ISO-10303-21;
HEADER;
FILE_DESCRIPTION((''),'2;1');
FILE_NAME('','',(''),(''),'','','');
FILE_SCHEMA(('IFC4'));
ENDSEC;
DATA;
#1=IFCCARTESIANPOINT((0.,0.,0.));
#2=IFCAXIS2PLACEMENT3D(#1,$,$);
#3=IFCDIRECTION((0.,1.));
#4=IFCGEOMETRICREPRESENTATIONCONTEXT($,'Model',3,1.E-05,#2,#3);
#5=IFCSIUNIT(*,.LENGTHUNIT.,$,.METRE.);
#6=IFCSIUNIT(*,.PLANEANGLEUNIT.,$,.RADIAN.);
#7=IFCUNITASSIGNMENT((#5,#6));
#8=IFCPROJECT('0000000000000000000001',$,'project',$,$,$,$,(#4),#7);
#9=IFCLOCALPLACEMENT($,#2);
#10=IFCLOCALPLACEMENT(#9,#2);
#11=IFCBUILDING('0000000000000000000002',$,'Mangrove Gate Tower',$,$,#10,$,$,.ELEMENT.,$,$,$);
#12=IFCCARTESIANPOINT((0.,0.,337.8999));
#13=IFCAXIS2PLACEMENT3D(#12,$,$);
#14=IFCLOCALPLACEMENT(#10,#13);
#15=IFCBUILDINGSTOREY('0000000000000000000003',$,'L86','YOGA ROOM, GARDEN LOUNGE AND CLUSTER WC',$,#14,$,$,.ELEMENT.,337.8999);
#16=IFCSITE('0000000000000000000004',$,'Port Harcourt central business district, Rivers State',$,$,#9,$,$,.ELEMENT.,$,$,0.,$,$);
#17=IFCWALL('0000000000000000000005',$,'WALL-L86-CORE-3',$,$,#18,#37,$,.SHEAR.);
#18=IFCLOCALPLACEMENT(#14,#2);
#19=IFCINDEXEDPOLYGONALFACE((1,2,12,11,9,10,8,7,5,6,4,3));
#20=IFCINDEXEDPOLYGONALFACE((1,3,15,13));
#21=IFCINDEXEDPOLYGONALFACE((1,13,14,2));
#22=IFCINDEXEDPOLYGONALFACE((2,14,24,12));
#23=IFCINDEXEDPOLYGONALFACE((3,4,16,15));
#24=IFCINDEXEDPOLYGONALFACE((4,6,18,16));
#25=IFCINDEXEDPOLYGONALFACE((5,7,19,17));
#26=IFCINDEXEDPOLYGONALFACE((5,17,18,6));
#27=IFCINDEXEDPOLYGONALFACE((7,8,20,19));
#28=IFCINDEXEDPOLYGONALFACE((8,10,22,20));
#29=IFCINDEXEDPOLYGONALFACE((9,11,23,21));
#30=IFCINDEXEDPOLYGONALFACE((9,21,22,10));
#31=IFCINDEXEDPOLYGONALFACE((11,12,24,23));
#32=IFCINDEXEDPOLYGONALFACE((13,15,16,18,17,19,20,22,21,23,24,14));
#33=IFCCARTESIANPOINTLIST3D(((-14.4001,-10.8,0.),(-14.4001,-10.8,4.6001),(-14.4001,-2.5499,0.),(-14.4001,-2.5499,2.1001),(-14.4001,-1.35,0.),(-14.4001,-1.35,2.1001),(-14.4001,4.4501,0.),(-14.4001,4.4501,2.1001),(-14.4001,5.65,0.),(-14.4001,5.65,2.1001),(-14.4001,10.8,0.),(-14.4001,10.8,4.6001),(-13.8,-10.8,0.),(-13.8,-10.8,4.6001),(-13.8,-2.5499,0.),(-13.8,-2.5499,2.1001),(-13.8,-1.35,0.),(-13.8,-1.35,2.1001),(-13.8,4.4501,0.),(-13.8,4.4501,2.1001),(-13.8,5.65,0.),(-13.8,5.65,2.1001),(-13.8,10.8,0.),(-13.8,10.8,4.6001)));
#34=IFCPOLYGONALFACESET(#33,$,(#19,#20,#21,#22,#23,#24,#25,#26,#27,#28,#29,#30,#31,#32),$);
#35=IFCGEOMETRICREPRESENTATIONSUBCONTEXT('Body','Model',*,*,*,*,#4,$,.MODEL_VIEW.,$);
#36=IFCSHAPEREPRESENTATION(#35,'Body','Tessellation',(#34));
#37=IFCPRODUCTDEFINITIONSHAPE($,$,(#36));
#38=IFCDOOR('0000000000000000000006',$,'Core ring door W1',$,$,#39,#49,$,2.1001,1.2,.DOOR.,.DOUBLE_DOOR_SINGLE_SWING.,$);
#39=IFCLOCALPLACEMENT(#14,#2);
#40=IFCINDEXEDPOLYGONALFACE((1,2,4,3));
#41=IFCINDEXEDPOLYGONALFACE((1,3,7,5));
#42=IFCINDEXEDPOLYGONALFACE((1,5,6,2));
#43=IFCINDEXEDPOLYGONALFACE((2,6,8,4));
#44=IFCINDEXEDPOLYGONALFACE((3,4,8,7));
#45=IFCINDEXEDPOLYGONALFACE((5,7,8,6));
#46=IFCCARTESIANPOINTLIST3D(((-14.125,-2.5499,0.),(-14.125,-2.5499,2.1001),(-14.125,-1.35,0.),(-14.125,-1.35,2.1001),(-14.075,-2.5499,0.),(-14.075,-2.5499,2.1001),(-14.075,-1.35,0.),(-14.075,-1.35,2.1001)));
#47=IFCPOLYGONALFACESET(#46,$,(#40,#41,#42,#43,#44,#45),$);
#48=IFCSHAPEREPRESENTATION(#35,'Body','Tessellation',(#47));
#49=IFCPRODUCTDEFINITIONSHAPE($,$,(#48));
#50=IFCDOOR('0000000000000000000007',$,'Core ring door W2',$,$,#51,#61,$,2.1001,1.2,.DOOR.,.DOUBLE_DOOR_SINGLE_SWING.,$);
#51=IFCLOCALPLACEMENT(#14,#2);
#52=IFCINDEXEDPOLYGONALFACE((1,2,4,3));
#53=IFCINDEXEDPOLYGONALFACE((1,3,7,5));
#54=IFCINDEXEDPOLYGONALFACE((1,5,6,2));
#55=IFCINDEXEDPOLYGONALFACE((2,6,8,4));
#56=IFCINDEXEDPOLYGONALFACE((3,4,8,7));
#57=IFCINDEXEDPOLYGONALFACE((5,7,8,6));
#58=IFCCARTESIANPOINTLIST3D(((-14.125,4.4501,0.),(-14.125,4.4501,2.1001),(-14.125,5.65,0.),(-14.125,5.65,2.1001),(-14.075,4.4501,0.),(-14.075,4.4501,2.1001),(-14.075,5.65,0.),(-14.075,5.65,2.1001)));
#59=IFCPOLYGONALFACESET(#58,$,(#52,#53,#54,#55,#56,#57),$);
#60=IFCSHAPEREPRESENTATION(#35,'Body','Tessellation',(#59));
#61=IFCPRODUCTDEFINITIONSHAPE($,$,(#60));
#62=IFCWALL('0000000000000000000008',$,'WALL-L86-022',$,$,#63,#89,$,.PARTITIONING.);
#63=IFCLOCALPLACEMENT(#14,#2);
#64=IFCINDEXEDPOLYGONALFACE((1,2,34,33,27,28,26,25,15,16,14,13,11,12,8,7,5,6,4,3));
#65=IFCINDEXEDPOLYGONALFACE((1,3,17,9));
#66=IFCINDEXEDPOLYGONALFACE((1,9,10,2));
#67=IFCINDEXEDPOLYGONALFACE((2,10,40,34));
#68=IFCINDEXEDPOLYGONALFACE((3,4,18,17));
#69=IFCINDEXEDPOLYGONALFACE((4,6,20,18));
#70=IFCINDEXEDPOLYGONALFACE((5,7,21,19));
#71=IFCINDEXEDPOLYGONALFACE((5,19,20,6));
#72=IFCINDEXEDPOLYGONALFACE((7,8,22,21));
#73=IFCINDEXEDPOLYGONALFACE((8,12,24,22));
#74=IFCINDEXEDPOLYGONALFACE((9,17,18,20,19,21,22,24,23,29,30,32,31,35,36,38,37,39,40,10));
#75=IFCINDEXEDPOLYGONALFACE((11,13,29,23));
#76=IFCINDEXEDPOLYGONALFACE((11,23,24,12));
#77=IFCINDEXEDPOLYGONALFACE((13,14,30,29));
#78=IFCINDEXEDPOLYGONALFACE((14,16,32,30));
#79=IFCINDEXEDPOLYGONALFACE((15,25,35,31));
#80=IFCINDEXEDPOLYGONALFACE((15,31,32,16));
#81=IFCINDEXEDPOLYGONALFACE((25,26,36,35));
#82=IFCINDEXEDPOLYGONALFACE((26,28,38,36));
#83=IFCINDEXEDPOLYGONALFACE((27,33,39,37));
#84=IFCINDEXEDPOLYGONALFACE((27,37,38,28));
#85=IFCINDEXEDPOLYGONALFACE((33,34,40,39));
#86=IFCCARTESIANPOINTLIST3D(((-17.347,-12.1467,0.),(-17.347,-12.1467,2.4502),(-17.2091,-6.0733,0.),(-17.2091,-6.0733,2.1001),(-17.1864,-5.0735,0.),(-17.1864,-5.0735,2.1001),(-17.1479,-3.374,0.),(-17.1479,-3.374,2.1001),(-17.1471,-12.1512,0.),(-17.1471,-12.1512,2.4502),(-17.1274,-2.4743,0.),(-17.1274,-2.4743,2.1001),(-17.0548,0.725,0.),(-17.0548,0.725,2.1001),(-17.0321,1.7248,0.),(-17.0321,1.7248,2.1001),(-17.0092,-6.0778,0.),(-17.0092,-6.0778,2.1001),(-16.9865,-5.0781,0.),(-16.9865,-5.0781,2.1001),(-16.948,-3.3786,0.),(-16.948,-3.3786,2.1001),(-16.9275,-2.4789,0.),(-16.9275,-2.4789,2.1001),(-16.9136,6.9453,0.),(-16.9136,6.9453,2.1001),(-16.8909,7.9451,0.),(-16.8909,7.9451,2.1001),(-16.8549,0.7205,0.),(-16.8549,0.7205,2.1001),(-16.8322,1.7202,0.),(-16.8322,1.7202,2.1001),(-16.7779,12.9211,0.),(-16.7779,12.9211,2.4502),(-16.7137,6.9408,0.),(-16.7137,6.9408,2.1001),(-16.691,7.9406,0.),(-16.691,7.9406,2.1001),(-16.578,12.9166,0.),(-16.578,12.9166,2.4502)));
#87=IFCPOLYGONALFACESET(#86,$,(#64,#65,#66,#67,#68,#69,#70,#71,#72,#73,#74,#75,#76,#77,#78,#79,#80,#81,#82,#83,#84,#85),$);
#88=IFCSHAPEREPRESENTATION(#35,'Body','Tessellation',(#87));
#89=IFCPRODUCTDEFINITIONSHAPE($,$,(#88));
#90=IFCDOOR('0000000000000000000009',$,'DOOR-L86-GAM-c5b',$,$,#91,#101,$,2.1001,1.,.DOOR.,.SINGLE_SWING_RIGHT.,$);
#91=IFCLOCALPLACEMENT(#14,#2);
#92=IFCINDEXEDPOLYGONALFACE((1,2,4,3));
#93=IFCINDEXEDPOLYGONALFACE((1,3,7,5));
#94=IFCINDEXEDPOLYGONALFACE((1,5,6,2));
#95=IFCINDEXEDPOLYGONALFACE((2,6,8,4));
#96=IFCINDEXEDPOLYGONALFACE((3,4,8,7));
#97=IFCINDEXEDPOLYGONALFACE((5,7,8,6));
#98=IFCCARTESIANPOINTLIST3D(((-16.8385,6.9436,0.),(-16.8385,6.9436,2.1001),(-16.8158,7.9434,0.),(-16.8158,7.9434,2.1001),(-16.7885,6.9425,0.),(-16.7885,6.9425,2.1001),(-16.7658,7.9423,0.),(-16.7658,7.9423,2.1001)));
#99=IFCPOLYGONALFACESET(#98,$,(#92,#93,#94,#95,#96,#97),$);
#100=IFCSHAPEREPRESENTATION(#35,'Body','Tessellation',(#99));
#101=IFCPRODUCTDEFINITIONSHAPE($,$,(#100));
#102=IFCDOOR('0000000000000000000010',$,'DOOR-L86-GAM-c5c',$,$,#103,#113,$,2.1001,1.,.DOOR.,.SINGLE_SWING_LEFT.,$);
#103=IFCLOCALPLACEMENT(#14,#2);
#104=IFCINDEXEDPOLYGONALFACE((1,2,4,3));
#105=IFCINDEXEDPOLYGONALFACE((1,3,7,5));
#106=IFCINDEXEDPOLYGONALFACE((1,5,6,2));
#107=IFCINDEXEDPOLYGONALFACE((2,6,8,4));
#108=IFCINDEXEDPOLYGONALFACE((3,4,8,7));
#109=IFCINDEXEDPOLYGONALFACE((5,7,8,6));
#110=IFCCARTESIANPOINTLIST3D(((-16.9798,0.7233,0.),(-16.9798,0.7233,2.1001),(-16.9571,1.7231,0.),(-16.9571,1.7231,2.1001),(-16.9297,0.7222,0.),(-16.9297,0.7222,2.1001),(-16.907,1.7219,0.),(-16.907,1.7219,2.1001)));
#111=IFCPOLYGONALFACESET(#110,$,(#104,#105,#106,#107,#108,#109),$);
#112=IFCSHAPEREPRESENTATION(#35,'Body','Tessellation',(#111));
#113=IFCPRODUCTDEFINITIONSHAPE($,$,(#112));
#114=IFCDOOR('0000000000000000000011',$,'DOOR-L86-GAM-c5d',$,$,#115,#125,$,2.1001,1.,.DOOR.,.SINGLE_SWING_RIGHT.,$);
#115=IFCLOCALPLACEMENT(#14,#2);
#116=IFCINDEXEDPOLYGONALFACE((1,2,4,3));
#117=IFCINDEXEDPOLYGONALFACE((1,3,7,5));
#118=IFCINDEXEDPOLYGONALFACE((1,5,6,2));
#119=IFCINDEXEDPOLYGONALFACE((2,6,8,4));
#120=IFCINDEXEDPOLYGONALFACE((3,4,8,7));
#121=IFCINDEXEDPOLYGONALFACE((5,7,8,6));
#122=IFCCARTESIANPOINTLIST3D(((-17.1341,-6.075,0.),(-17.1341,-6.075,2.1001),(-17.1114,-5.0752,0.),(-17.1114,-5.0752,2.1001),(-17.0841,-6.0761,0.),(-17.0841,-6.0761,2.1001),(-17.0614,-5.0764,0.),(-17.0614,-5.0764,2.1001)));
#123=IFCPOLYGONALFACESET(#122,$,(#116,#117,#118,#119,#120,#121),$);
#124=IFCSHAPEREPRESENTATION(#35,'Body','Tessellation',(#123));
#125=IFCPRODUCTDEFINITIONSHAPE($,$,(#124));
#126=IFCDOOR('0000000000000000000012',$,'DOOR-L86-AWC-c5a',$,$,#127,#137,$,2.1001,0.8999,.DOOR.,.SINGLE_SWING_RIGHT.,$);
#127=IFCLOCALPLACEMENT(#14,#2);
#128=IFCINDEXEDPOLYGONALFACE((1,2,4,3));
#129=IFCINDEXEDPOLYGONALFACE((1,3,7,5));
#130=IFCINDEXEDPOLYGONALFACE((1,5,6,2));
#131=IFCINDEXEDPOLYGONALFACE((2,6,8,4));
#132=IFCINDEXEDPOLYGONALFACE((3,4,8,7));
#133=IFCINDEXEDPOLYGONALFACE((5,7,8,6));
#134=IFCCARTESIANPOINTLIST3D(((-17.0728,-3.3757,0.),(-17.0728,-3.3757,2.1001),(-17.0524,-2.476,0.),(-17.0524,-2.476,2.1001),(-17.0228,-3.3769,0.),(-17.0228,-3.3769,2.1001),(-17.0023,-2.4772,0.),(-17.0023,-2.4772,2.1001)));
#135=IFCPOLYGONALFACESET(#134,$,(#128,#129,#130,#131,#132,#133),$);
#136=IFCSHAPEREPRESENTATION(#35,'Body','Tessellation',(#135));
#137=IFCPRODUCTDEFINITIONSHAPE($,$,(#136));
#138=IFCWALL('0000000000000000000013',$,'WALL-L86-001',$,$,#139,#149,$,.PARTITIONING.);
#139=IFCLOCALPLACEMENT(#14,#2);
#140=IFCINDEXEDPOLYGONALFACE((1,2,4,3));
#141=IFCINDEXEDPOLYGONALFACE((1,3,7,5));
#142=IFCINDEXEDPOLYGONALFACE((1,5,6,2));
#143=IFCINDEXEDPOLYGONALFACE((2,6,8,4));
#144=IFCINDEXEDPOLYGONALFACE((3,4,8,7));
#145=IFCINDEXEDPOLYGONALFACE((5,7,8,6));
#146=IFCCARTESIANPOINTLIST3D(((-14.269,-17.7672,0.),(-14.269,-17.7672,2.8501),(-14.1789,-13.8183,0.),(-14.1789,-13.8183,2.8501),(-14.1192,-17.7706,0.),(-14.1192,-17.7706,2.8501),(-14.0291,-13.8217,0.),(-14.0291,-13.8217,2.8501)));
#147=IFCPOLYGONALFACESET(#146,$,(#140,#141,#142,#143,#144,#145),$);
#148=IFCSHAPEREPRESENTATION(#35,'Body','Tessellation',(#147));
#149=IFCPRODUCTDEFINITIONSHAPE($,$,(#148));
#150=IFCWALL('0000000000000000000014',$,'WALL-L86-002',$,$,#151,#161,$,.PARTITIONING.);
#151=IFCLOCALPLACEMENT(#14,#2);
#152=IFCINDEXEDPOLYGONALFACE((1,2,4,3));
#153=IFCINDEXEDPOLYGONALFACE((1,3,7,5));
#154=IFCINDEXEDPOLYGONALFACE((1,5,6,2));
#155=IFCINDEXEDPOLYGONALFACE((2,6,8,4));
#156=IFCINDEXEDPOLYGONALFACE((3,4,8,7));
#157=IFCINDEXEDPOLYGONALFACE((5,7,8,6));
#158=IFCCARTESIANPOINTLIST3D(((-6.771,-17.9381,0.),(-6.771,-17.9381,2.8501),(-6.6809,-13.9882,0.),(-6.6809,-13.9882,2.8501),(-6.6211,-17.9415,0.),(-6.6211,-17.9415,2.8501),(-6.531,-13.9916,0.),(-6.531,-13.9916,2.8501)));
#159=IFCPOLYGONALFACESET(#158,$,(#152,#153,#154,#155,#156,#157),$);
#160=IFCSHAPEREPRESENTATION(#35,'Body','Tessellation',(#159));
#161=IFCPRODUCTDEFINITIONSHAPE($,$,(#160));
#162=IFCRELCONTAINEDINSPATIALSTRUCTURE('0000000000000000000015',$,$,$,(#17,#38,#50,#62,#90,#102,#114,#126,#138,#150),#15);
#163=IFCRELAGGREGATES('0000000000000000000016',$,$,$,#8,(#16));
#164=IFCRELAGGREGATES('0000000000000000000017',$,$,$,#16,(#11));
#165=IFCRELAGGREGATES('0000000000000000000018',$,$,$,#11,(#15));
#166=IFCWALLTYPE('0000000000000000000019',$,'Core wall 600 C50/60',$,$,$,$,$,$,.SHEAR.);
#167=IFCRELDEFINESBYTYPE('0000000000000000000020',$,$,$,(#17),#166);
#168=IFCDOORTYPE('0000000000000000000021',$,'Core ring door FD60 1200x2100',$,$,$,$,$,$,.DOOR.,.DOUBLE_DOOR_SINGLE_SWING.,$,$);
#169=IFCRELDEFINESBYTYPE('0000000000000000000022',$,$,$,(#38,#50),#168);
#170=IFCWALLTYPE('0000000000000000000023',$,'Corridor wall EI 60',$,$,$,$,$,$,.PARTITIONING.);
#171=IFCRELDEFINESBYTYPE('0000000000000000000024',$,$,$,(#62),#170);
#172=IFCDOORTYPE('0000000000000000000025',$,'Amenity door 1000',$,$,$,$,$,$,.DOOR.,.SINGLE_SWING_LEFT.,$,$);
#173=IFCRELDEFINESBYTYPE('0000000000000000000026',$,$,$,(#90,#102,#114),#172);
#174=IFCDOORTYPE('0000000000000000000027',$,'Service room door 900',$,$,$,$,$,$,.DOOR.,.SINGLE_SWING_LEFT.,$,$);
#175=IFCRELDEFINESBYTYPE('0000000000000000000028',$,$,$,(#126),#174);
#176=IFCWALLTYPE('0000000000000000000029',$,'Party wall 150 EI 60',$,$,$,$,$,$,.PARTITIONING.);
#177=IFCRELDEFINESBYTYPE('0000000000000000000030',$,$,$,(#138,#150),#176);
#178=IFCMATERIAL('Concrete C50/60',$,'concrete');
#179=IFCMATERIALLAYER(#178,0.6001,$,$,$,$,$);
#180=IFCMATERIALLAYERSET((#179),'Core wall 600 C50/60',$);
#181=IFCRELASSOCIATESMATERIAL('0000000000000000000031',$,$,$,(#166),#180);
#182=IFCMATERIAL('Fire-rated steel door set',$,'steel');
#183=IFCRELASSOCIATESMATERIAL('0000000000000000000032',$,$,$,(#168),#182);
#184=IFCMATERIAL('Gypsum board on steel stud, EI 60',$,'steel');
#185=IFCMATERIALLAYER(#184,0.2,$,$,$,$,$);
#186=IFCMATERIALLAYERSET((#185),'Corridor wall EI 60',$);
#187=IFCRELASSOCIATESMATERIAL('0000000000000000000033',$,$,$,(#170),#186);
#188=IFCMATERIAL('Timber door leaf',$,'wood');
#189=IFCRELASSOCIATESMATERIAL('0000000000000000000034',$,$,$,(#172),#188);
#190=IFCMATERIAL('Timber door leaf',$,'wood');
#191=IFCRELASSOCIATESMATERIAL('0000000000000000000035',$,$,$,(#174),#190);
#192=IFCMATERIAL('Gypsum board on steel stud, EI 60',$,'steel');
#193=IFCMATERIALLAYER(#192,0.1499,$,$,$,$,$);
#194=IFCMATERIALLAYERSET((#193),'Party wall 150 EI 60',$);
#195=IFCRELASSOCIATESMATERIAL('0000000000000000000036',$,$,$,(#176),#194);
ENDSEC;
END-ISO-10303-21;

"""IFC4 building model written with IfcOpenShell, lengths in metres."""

from ifc_helpers import new_model, si_unit, direction, frame, frame_2d, origin, place, context, subcontext, project, spatial, rectangle, extrude, material, layer, layer_set, type_object, element, fill, save


model = new_model("IFC4")

# Units and contexts
model_context = context("Model", 3, precision=1e-05, world=origin(), true_north=direction((0.0, 1.0)))
body_context = subcontext(model_context, "Body", "Model", "MODEL_VIEW")
ifc_project = project(units=[si_unit("LENGTHUNIT", "METRE"), si_unit("PLANEANGLEUNIT", "RADIAN")], contexts=[model_context])

# Site, building, storey
site_placement = place(None, origin())
site = spatial("IfcSite", under=ifc_project, at=site_placement, Name="Port Harcourt central business district, Rivers State", CompositionType="ELEMENT", RefElevation=0.0)
building_placement = place(site_placement, origin())
building = spatial("IfcBuilding", under=site, at=building_placement, Name="Mangrove Gate Tower", CompositionType="ELEMENT")
storey_placement = place(building_placement, frame((0.0, 0.0, 337.8999)))
storey = spatial("IfcBuildingStorey", under=building, at=storey_placement, Name="L86", Description="YOGA ROOM, GARDEN LOUNGE AND CLUSTER WC", CompositionType="ELEMENT", Elevation=337.8999)

# Shared definitions
ifc_material_1 = material(Name="Concrete C50/60", Category="concrete")
ifc_layer_1 = layer(ifc_material_1, 0.6001)
ifc_layer_set_1 = layer_set([ifc_layer_1], Name="Core wall 600 C50/60")
wall_type_1 = type_object("IfcWallType", Name="Core wall 600 C50/60", PredefinedType="SHEAR", material=ifc_layer_set_1)

# Walls, openings, doors
wall_1_placement = place(storey_placement, frame((-14.1001, -10.8, 0.0), z_axis=(0.0, 0.0, 1.0), x_axis=(0.0, 1.0, 0.0)))
wall_1 = element("IfcWall", 1, at=wall_1_placement, inside=storey, type_object=wall_type_1, Name="WALL-L86-CORE-3", PredefinedType="SHEAR", context=body_context, shape_type="SweptSolid", body=[
    extrude(rectangle(XDim=21.6001, YDim=0.6001, at=frame_2d((10.8, 0.0))), origin(), (0.0, 0.0, 1.0), 4.6001),
])
opening_1_placement = place(wall_1_placement, frame((8.25, 0.0, 0.0)))
opening_1 = element("IfcOpeningElement", 2, at=opening_1_placement, cuts=wall_1, PredefinedType="OPENING", context=body_context, shape_type="SweptSolid", body=[
    extrude(rectangle(XDim=1.2, YDim=2.1001, at=frame_2d((0.6001, 1.05))), frame((0.0, 0.3101, 0.0), z_axis=(0.0, -1.0, 0.0), x_axis=(1.0, 0.0, 0.0)), (0.0, 0.0, 1.0), 0.6201),
])
opening_2_placement = place(wall_1_placement, frame((15.25, 0.0, 0.0)))
opening_2 = element("IfcOpeningElement", 3, at=opening_2_placement, cuts=wall_1, PredefinedType="OPENING", context=body_context, shape_type="SweptSolid", body=[
    extrude(rectangle(XDim=1.2, YDim=2.1001, at=frame_2d((0.6001, 1.05))), frame((0.0, 0.3101, 0.0), z_axis=(0.0, -1.0, 0.0), x_axis=(1.0, 0.0, 0.0)), (0.0, 0.0, 1.0), 0.6201),
])
ifc_material_2 = material(Name="Fire-rated steel door set", Category="steel")
door_type_1 = type_object("IfcDoorType", Name="Core ring door FD60 1200x2100", OperationType="DOUBLE_DOOR_SINGLE_SWING", PredefinedType="DOOR", material=ifc_material_2)
door_1_placement = place(opening_1_placement, origin())
door_1 = element("IfcDoor", 4, at=door_1_placement, inside=storey, type_object=door_type_1, Name="Core ring door W1", OperationType="DOUBLE_DOOR_SINGLE_SWING", OverallHeight=2.1001, OverallWidth=1.2, PredefinedType="DOOR", context=body_context, shape_type="SweptSolid", body=[
    extrude(rectangle(XDim=1.2, YDim=2.1001, at=frame_2d((0.6001, 1.05))), frame((0.0, 0.0249, 0.0), z_axis=(0.0, -1.0, 0.0), x_axis=(1.0, 0.0, 0.0)), (0.0, 0.0, 1.0), 0.05),
])
fill(opening_1, door_1)
door_2_placement = place(opening_2_placement, origin())
door_2 = element("IfcDoor", 5, at=door_2_placement, inside=storey, type_object=door_type_1, Name="Core ring door W2", OperationType="DOUBLE_DOOR_SINGLE_SWING", OverallHeight=2.1001, OverallWidth=1.2, PredefinedType="DOOR", context=body_context, shape_type="SweptSolid", body=[
    extrude(rectangle(XDim=1.2, YDim=2.1001, at=frame_2d((0.6001, 1.05))), frame((0.0, 0.0249, 0.0), z_axis=(0.0, -1.0, 0.0), x_axis=(1.0, 0.0, 0.0)), (0.0, 0.0, 1.0), 0.05),
])
fill(opening_2, door_2)
ifc_material_3 = material(Name="Gypsum board on steel stud, EI 60", Category="steel")
ifc_layer_2 = layer(ifc_material_3, 0.2)
ifc_layer_set_2 = layer_set([ifc_layer_2], Name="Corridor wall EI 60")
wall_type_2 = type_object("IfcWallType", Name="Corridor wall EI 60", PredefinedType="PARTITIONING", material=ifc_layer_set_2)
wall_2_placement = place(storey_placement, frame((-17.2471, -12.1489, 0.0), z_axis=(0.0, 0.0, 1.0), x_axis=(0.022696, 0.999742, 0.0)))
wall_2 = element("IfcWall", 6, at=wall_2_placement, inside=storey, type_object=wall_type_2, Name="WALL-L86-022", PredefinedType="PARTITIONING", context=body_context, shape_type="SweptSolid", body=[
    extrude(rectangle(XDim=25.0742, YDim=0.2, at=frame_2d((12.5371, 0.0))), origin(), (0.0, 0.0, 1.0), 2.4502),
])
opening_3_placement = place(wall_2_placement, frame((19.0969, 0.0, 0.0)))
opening_3 = element("IfcOpeningElement", 7, at=opening_3_placement, cuts=wall_2, PredefinedType="OPENING", context=body_context, shape_type="SweptSolid", body=[
    extrude(rectangle(XDim=1.0, YDim=2.1001, at=frame_2d((0.5, 1.05))), frame((0.0, 0.1099, 0.0), z_axis=(0.0, -1.0, 0.0), x_axis=(1.0, 0.0, 0.0)), (0.0, 0.0, 1.0), 0.22),
])
opening_4_placement = place(wall_2_placement, frame((12.875, 0.0, 0.0)))
opening_4 = element("IfcOpeningElement", 8, at=opening_4_placement, cuts=wall_2, PredefinedType="OPENING", context=body_context, shape_type="SweptSolid", body=[
    extrude(rectangle(XDim=1.0, YDim=2.1001, at=frame_2d((0.5, 1.05))), frame((0.0, 0.1099, 0.0), z_axis=(0.0, -1.0, 0.0), x_axis=(1.0, 0.0, 0.0)), (0.0, 0.0, 1.0), 0.22),
])
opening_5_placement = place(wall_2_placement, frame((8.7749, 0.0, 0.0)))
opening_5 = element("IfcOpeningElement", 9, at=opening_5_placement, cuts=wall_2, PredefinedType="OPENING", context=body_context, shape_type="SweptSolid", body=[
    extrude(rectangle(XDim=0.8999, YDim=2.1001, at=frame_2d((0.45, 1.05))), frame((0.0, 0.1099, 0.0), z_axis=(0.0, -1.0, 0.0), x_axis=(1.0, 0.0, 0.0)), (0.0, 0.0, 1.0), 0.22),
])
opening_6_placement = place(wall_2_placement, frame((6.075, 0.0, 0.0)))
opening_6 = element("IfcOpeningElement", 10, at=opening_6_placement, cuts=wall_2, PredefinedType="OPENING", context=body_context, shape_type="SweptSolid", body=[
    extrude(rectangle(XDim=1.0, YDim=2.1001, at=frame_2d((0.5, 1.05))), frame((0.0, 0.1099, 0.0), z_axis=(0.0, -1.0, 0.0), x_axis=(1.0, 0.0, 0.0)), (0.0, 0.0, 1.0), 0.22),
])
ifc_material_4 = material(Name="Timber door leaf", Category="wood")
door_type_2 = type_object("IfcDoorType", Name="Amenity door 1000", OperationType="SINGLE_SWING_LEFT", PredefinedType="DOOR", material=ifc_material_4)
door_3_placement = place(opening_3_placement, origin())
door_3 = element("IfcDoor", 11, at=door_3_placement, inside=storey, type_object=door_type_2, Name="DOOR-L86-GAM-c5b", OperationType="SINGLE_SWING_RIGHT", OverallHeight=2.1001, OverallWidth=1.0, PredefinedType="DOOR", context=body_context, shape_type="SweptSolid", body=[
    extrude(rectangle(XDim=1.0, YDim=2.1001, at=frame_2d((0.5, 1.05))), frame((0.0, 0.0249, 0.0), z_axis=(0.0, -1.0, 0.0), x_axis=(1.0, 0.0, 0.0)), (0.0, 0.0, 1.0), 0.05),
])
fill(opening_3, door_3)
door_4_placement = place(opening_4_placement, origin())
door_4 = element("IfcDoor", 12, at=door_4_placement, inside=storey, type_object=door_type_2, Name="DOOR-L86-GAM-c5c", OperationType="SINGLE_SWING_LEFT", OverallHeight=2.1001, OverallWidth=1.0, PredefinedType="DOOR", context=body_context, shape_type="SweptSolid", body=[
    extrude(rectangle(XDim=1.0, YDim=2.1001, at=frame_2d((0.5, 1.05))), frame((0.0, 0.0249, 0.0), z_axis=(0.0, -1.0, 0.0), x_axis=(1.0, 0.0, 0.0)), (0.0, 0.0, 1.0), 0.05),
])
fill(opening_4, door_4)
door_5_placement = place(opening_6_placement, origin())
door_5 = element("IfcDoor", 13, at=door_5_placement, inside=storey, type_object=door_type_2, Name="DOOR-L86-GAM-c5d", OperationType="SINGLE_SWING_RIGHT", OverallHeight=2.1001, OverallWidth=1.0, PredefinedType="DOOR", context=body_context, shape_type="SweptSolid", body=[
    extrude(rectangle(XDim=1.0, YDim=2.1001, at=frame_2d((0.5, 1.05))), frame((0.0, 0.0249, 0.0), z_axis=(0.0, -1.0, 0.0), x_axis=(1.0, 0.0, 0.0)), (0.0, 0.0, 1.0), 0.05),
])
fill(opening_6, door_5)
ifc_material_5 = material(Name="Timber door leaf", Category="wood")
door_type_3 = type_object("IfcDoorType", Name="Service room door 900", OperationType="SINGLE_SWING_LEFT", PredefinedType="DOOR", material=ifc_material_5)
door_6_placement = place(opening_5_placement, origin())
door_6 = element("IfcDoor", 14, at=door_6_placement, inside=storey, type_object=door_type_3, Name="DOOR-L86-AWC-c5a", OperationType="SINGLE_SWING_RIGHT", OverallHeight=2.1001, OverallWidth=0.8999, PredefinedType="DOOR", context=body_context, shape_type="SweptSolid", body=[
    extrude(rectangle(XDim=0.8999, YDim=2.1001, at=frame_2d((0.45, 1.05))), frame((0.0, 0.0249, 0.0), z_axis=(0.0, -1.0, 0.0), x_axis=(1.0, 0.0, 0.0)), (0.0, 0.0, 1.0), 0.05),
])
fill(opening_5, door_6)

# Walls
ifc_material_6 = material(Name="Gypsum board on steel stud, EI 60", Category="steel")
ifc_layer_3 = layer(ifc_material_6, 0.1499)
ifc_layer_set_3 = layer_set([ifc_layer_3], Name="Party wall 150 EI 60")
wall_type_3 = type_object("IfcWallType", Name="Party wall 150 EI 60", PredefinedType="PARTITIONING", material=ifc_layer_set_3)
wall_3_placement = place(storey_placement, frame((-14.1941, -17.769, 0.0), z_axis=(0.0, 0.0, 1.0), x_axis=(0.022807, 0.99974, 0.0)))
element("IfcWall", 15, at=wall_3_placement, inside=storey, type_object=wall_type_3, Name="WALL-L86-001", PredefinedType="PARTITIONING", context=body_context, shape_type="SweptSolid", body=[
    extrude(rectangle(XDim=3.95, YDim=0.1499, at=frame_2d((1.9751, 0.0))), origin(), (0.0, 0.0, 1.0), 2.8501),
])
wall_4_placement = place(storey_placement, frame((-6.696, -17.9399, 0.0), z_axis=(0.0, 0.0, 1.0), x_axis=(0.022801, 0.99974, 0.0)))
element("IfcWall", 16, at=wall_4_placement, inside=storey, type_object=wall_type_3, Name="WALL-L86-002", PredefinedType="PARTITIONING", context=body_context, shape_type="SweptSolid", body=[
    extrude(rectangle(XDim=3.9509, YDim=0.1499, at=frame_2d((1.9756, 0.0))), origin(), (0.0, 0.0, 1.0), 2.8501),
])

save(model, "model.ifc")
